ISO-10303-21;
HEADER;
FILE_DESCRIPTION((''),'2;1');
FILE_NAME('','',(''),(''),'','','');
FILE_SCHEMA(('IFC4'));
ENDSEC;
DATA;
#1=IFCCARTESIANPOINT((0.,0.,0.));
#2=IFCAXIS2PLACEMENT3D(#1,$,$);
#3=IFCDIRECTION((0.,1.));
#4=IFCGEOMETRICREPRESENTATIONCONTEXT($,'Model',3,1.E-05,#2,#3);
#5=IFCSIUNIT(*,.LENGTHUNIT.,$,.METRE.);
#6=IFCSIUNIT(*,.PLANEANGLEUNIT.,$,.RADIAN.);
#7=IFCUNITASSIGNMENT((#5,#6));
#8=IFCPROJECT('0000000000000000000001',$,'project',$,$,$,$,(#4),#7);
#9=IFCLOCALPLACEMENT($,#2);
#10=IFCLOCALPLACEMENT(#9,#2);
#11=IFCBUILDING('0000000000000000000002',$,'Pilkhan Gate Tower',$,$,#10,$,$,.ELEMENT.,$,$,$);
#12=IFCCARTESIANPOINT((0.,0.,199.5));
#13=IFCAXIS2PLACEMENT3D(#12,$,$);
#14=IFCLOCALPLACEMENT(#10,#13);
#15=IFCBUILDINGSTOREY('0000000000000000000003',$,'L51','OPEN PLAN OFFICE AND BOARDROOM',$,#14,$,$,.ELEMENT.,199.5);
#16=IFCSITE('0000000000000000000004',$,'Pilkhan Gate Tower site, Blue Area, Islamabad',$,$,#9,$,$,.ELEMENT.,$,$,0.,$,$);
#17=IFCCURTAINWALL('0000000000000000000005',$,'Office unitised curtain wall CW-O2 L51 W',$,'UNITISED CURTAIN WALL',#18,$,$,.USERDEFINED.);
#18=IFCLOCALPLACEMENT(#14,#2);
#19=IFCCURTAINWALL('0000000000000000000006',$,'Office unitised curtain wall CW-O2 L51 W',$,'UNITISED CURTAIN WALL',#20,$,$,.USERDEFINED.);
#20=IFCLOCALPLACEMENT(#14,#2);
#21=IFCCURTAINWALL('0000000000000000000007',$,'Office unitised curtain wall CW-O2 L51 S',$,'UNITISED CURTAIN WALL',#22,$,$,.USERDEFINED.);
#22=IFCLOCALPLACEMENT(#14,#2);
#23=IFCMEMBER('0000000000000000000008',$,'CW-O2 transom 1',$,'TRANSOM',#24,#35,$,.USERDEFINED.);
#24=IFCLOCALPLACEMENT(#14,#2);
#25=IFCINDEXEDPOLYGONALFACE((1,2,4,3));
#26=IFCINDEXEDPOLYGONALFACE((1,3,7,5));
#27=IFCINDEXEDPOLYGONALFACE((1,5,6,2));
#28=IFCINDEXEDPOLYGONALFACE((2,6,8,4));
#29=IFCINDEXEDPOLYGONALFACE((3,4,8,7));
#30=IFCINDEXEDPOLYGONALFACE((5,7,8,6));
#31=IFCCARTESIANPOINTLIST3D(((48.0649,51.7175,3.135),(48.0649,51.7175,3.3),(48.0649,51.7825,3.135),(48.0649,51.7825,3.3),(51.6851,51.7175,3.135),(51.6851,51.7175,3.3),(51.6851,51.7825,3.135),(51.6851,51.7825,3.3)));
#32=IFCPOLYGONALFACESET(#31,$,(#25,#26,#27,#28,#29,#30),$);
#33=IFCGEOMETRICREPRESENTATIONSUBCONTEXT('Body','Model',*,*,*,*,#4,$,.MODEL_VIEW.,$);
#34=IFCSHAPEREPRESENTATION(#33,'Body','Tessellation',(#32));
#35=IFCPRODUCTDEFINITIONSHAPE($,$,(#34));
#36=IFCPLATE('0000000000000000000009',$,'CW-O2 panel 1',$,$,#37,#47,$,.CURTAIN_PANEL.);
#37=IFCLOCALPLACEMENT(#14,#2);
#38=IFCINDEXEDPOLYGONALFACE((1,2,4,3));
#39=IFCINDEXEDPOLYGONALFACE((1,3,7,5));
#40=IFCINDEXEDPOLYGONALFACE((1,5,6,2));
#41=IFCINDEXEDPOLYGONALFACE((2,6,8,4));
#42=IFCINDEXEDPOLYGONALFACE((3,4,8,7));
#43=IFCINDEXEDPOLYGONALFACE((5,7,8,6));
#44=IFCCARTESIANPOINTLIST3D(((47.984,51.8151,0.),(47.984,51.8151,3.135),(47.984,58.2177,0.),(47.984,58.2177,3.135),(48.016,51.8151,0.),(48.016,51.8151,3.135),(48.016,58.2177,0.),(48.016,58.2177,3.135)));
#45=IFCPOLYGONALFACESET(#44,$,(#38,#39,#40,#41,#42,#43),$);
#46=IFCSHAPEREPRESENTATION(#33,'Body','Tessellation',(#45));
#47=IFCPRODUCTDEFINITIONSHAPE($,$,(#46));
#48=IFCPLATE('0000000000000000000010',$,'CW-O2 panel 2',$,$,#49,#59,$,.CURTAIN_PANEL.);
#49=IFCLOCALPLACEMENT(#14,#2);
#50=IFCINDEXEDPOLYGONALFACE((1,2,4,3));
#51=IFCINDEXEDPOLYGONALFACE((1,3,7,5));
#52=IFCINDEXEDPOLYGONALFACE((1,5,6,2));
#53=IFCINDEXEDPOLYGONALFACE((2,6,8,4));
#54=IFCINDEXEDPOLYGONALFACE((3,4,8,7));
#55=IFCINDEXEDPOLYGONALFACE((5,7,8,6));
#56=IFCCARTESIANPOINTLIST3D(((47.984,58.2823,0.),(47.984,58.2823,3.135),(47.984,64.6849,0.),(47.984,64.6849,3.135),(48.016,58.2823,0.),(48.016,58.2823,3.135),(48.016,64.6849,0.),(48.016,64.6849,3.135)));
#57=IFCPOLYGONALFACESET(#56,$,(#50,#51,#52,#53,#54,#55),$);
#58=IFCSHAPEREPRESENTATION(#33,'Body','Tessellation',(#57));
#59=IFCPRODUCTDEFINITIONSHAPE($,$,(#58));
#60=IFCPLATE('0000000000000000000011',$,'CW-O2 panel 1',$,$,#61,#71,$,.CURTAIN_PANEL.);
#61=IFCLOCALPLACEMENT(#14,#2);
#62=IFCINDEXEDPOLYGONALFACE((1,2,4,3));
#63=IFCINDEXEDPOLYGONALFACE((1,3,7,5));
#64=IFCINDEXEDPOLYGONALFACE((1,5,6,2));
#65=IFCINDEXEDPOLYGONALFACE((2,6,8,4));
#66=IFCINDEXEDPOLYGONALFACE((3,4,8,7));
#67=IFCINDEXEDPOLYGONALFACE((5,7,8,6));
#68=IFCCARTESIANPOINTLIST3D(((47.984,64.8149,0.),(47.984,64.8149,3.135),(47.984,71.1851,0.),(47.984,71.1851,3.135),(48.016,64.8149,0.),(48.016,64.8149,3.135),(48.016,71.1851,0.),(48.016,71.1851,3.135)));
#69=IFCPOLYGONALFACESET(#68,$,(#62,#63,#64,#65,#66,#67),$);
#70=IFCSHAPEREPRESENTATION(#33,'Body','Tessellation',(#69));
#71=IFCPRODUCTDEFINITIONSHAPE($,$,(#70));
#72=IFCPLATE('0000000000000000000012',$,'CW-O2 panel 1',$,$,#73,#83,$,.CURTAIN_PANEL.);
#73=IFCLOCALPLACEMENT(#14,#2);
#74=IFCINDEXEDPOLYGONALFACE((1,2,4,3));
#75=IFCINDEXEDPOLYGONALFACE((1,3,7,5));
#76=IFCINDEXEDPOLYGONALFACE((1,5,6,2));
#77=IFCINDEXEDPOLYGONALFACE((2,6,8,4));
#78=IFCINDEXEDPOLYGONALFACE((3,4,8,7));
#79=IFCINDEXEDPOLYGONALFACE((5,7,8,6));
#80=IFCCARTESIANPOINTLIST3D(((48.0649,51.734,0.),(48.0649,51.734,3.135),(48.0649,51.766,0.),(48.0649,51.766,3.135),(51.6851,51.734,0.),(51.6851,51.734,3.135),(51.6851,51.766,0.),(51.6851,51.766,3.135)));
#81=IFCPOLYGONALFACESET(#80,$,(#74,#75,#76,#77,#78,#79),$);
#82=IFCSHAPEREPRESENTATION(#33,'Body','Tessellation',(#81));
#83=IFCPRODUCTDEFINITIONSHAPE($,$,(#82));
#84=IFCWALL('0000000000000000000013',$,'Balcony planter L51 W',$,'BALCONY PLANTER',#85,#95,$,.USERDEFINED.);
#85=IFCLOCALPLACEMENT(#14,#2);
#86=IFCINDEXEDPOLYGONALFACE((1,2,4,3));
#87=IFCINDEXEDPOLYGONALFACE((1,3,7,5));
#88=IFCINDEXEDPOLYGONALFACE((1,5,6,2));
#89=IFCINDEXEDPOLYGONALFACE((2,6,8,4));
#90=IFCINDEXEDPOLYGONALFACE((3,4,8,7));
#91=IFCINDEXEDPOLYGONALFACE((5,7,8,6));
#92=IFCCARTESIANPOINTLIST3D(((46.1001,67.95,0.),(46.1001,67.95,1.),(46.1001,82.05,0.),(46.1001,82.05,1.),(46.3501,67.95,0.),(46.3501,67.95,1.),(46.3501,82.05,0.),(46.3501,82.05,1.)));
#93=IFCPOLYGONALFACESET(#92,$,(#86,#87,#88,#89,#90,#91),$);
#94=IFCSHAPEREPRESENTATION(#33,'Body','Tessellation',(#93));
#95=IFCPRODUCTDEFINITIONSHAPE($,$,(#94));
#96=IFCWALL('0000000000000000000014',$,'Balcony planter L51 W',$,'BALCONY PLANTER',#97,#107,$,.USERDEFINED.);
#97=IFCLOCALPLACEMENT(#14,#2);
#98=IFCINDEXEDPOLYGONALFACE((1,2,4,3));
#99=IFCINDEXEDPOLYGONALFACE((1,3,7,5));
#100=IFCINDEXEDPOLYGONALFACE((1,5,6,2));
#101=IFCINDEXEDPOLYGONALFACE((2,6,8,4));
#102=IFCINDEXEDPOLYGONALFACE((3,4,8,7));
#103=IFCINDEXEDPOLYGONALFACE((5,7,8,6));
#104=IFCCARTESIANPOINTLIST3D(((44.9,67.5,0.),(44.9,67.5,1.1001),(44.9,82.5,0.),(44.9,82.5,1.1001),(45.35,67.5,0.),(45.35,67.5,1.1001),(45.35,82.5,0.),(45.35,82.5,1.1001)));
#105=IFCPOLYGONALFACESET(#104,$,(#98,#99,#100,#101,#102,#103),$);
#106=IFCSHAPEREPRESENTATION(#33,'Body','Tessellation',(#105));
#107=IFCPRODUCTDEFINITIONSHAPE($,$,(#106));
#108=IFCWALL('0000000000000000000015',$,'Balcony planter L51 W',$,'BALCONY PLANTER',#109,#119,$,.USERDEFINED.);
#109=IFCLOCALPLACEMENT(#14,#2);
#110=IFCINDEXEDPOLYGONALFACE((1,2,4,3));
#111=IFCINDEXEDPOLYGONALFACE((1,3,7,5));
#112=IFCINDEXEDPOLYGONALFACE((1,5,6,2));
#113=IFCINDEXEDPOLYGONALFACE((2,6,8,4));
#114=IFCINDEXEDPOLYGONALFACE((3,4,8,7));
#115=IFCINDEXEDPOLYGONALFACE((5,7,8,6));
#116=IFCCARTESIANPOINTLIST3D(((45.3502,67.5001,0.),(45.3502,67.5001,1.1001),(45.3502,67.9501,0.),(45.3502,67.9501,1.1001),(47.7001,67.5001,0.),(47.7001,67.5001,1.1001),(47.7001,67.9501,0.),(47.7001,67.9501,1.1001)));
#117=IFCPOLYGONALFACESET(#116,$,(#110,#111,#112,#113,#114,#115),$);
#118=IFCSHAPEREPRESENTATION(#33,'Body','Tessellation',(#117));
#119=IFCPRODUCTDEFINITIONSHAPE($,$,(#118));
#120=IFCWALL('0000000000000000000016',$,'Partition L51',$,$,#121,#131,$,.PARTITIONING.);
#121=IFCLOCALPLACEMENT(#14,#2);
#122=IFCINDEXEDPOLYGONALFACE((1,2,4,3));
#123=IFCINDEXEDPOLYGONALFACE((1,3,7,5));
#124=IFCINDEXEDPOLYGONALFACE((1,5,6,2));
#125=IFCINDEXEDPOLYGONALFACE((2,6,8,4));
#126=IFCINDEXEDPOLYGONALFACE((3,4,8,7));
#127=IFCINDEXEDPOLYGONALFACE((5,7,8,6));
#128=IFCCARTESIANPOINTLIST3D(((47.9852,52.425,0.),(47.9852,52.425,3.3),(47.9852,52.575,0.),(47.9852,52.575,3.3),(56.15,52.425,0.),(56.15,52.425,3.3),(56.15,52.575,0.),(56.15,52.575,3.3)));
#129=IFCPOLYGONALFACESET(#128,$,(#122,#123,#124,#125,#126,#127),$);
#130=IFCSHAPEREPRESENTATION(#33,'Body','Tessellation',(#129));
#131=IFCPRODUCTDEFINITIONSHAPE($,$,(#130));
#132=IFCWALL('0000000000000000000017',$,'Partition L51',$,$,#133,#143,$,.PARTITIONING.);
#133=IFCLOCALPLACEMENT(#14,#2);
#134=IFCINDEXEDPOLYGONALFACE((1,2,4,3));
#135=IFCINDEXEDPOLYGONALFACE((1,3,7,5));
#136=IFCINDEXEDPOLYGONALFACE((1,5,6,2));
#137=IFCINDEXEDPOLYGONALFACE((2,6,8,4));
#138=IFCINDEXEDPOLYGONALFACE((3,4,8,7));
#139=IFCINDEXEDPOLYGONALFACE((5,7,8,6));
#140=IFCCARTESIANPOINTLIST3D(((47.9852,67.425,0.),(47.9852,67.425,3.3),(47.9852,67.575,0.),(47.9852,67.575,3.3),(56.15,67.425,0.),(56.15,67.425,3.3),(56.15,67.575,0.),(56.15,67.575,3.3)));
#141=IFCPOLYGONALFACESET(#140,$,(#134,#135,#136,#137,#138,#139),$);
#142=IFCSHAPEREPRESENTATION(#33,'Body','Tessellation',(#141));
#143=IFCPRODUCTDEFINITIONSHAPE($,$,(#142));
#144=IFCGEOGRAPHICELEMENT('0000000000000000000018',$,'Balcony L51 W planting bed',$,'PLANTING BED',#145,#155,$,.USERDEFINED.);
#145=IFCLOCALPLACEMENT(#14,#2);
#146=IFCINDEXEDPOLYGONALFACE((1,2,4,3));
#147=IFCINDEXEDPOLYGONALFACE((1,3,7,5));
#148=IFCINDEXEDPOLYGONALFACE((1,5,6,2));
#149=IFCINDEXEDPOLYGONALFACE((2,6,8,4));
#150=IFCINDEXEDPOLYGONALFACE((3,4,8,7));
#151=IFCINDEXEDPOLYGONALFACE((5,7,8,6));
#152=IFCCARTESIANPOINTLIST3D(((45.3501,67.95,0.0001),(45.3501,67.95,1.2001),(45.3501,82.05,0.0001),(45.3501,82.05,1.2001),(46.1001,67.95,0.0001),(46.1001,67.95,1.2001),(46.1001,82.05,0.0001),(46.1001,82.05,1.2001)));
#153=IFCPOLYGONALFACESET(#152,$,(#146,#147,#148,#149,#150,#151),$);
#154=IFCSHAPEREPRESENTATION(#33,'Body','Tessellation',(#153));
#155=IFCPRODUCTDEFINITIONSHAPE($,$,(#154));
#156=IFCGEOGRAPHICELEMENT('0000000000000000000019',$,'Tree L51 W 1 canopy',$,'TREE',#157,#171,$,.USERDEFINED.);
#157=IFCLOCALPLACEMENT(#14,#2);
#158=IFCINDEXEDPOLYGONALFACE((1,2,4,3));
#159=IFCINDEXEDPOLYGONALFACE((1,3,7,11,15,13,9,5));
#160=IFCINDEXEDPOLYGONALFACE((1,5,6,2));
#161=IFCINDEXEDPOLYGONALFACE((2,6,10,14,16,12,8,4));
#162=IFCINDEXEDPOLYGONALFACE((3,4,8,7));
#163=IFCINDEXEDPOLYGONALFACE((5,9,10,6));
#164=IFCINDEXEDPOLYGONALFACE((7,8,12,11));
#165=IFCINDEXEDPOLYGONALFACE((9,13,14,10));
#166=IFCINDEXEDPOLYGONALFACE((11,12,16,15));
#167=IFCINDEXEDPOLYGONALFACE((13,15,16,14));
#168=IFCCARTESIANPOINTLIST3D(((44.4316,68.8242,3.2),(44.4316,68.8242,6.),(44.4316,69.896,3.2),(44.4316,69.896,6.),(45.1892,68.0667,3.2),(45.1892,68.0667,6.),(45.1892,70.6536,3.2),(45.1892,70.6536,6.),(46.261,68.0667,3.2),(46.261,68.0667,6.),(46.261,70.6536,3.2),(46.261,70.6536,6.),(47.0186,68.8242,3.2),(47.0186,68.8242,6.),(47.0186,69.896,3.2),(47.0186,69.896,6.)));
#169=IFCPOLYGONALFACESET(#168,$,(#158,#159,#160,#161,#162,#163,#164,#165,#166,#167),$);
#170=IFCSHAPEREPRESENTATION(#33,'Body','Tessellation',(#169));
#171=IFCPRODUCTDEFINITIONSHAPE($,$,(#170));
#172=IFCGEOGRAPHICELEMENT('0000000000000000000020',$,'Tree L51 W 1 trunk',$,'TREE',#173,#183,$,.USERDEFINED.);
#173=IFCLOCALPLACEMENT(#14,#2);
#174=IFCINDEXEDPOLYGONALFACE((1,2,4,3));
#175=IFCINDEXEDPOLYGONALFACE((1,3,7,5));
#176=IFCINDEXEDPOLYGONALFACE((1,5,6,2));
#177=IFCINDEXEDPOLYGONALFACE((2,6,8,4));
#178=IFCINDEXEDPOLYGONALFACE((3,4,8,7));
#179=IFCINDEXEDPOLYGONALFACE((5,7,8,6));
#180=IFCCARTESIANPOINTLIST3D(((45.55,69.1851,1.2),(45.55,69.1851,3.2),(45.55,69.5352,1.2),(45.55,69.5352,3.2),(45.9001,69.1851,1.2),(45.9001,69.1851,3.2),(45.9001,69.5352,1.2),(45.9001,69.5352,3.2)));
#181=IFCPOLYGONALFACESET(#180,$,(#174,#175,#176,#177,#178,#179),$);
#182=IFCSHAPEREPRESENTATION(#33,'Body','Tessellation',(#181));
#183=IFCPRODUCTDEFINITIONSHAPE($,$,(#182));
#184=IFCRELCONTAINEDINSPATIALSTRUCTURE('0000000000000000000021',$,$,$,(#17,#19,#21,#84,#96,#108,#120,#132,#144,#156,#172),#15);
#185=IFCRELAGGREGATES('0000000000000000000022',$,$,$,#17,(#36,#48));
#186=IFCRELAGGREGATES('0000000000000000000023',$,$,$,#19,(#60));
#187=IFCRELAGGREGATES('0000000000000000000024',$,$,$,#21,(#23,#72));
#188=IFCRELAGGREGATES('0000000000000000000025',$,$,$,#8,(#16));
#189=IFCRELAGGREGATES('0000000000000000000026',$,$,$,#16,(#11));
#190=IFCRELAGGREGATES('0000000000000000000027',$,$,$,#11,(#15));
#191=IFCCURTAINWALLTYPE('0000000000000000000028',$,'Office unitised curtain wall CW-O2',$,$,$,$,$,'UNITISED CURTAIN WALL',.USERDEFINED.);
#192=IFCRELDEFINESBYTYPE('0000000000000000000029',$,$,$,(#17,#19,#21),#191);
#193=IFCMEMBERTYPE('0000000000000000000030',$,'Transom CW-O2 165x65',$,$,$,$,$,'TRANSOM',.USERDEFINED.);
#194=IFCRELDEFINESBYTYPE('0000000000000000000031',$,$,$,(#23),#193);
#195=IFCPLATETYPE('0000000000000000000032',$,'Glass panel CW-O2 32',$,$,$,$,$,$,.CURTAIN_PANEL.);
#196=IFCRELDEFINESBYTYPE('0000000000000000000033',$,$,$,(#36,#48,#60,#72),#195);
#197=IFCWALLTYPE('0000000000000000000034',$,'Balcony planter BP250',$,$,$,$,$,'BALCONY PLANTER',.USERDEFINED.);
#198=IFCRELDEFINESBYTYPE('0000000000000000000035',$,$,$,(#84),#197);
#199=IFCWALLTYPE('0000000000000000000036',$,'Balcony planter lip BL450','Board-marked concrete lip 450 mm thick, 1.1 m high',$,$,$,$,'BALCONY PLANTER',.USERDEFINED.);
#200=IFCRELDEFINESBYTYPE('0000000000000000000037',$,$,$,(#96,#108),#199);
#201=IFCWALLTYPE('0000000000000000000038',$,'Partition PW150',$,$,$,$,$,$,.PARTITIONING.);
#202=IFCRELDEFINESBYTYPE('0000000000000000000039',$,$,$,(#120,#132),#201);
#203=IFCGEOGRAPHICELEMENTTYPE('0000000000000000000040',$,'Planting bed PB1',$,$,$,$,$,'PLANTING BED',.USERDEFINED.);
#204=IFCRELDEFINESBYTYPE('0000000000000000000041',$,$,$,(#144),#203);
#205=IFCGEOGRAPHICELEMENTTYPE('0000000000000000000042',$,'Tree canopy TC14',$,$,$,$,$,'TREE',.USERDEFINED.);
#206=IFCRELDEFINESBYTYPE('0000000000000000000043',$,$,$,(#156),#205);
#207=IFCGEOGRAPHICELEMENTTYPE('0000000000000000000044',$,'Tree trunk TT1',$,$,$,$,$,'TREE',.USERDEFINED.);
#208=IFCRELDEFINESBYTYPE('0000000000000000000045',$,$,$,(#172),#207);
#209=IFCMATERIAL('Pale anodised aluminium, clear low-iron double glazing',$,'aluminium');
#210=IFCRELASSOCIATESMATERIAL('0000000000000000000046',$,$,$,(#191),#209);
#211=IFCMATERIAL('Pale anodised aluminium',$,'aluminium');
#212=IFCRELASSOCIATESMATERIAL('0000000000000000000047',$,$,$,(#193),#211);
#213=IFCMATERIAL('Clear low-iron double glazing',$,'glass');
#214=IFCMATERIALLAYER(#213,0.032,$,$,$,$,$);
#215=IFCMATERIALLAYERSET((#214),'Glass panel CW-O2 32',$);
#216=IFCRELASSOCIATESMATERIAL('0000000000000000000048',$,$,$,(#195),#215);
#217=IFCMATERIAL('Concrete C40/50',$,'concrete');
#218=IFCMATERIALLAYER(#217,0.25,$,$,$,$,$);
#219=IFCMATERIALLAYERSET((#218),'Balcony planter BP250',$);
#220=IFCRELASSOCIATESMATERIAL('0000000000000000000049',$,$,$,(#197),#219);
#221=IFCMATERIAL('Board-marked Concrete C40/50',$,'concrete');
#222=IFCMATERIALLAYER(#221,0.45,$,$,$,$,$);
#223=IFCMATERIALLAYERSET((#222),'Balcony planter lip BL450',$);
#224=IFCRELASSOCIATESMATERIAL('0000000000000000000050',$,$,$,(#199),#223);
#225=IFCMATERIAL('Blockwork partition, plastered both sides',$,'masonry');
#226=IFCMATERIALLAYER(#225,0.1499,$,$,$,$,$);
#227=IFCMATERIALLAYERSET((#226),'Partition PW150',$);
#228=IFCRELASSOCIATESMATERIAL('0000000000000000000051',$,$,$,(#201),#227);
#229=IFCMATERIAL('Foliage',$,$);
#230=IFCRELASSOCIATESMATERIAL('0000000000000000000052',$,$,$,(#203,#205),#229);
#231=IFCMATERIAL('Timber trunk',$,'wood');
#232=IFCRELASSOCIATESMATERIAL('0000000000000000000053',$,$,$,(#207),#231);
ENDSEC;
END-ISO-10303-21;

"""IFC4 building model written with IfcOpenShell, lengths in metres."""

from ifc_helpers import new_model, si_unit, direction, frame, frame_2d, origin, origin_2d, place, context, subcontext, project, spatial, polyline, rectangle, outline, extrude, material, layer, layer_set, material_profile, profile_set, type_object, element, aggregate, save


model = new_model("IFC4")

# Units and contexts
model_context = context("Model", 3, precision=1e-05, world=origin(), true_north=direction((0.0, 1.0)))
body_context = subcontext(model_context, "Body", "Model", "MODEL_VIEW")
ifc_project = project(units=[si_unit("LENGTHUNIT", "METRE"), si_unit("PLANEANGLEUNIT", "RADIAN")], contexts=[model_context])

# Site, building, storey
site_placement = place(None, origin())
site = spatial("IfcSite", under=ifc_project, at=site_placement, Name="Pilkhan Gate Tower site, Blue Area, Islamabad", CompositionType="ELEMENT", RefElevation=0.0)
building_placement = place(site_placement, origin())
building = spatial("IfcBuilding", under=site, at=building_placement, Name="Pilkhan Gate Tower", CompositionType="ELEMENT")
storey_placement = place(building_placement, frame((0.0, 0.0, 199.5)))
storey = spatial("IfcBuildingStorey", under=building, at=storey_placement, Name="L51", Description="OPEN PLAN OFFICE AND BOARDROOM", CompositionType="ELEMENT", Elevation=199.5)

# Curtain walls
ifc_material_1 = material(Name="Pale anodised aluminium, clear low-iron double glazing", Category="aluminium")
curtain_wall_type = type_object("IfcCurtainWallType", Name="Office unitised curtain wall CW-O2", ElementType="UNITISED CURTAIN WALL", PredefinedType="USERDEFINED", material=ifc_material_1)
curtain_wall_1_placement = place(storey_placement, origin())
curtain_wall_1 = element("IfcCurtainWall", 1, at=curtain_wall_1_placement, inside=storey, type_object=curtain_wall_type, Name="Office unitised curtain wall CW-O2 L51 W", ObjectType="UNITISED CURTAIN WALL", PredefinedType="USERDEFINED")
ifc_material_2 = material(Name="Pale anodised aluminium", Category="aluminium")
curtain_wall_2_placement = place(storey_placement, origin())
curtain_wall_2 = element("IfcCurtainWall", 2, at=curtain_wall_2_placement, inside=storey, type_object=curtain_wall_type, Name="Office unitised curtain wall CW-O2 L51 W", ObjectType="UNITISED CURTAIN WALL", PredefinedType="USERDEFINED")
curtain_wall_3_placement = place(storey_placement, origin())
curtain_wall_3 = element("IfcCurtainWall", 3, at=curtain_wall_3_placement, inside=storey, type_object=curtain_wall_type, Name="Office unitised curtain wall CW-O2 L51 S", ObjectType="UNITISED CURTAIN WALL", PredefinedType="USERDEFINED")

# Member
ifc_material_profile_1 = material_profile(ifc_material_2, rectangle(XDim=0.0649, YDim=0.165, at=origin_2d()), Name="Transom 165x65")
ifc_profile_set_1 = profile_set([ifc_material_profile_1], Name="Pale anodised aluminium")
member_type_1 = type_object("IfcMemberType", Name="Transom CW-O2 165x65", ElementType="TRANSOM", PredefinedType="USERDEFINED", material=ifc_profile_set_1)
member_1_placement = place(storey_placement, frame((48.0649, 51.75, 3.2175), z_axis=(1.0, 0.0, 0.0), x_axis=(0.0, 1.0, 0.0)))
member_1 = element("IfcMember", 4, at=member_1_placement, type_object=member_type_1, Name="CW-O2 transom 1", ObjectType="TRANSOM", PredefinedType="USERDEFINED", context=body_context, shape_type="SweptSolid", body=[
    extrude(rectangle(XDim=0.0649, YDim=0.165, at=origin_2d()), origin(), (0.0, 0.0, 1.0), 3.6201),
])

# Plates
ifc_material_3 = material(Name="Clear low-iron double glazing", Category="glass")
ifc_layer_1 = layer(ifc_material_3, 0.032)
ifc_layer_set_1 = layer_set([ifc_layer_1], Name="Glass panel CW-O2 32")
plate_type = type_object("IfcPlateType", Name="Glass panel CW-O2 32", PredefinedType="CURTAIN_PANEL", material=ifc_layer_set_1)
plate_1_placement = place(storey_placement, frame((48.0, 55.0164, 0.0), z_axis=(0.0, 0.0, 1.0), x_axis=(0.0, 1.0, 0.0)))
plate_1 = element("IfcPlate", 5, at=plate_1_placement, type_object=plate_type, Name="CW-O2 panel 1", PredefinedType="CURTAIN_PANEL", context=body_context, shape_type="SweptSolid", body=[
    extrude(rectangle(XDim=6.4026, YDim=0.032, at=origin_2d()), origin(), (0.0, 0.0, 1.0), 3.135),
])
plate_2_placement = place(storey_placement, frame((48.0, 61.4836, 0.0), z_axis=(0.0, 0.0, 1.0), x_axis=(0.0, 1.0, 0.0)))
plate_2 = element("IfcPlate", 6, at=plate_2_placement, type_object=plate_type, Name="CW-O2 panel 2", PredefinedType="CURTAIN_PANEL", context=body_context, shape_type="SweptSolid", body=[
    extrude(rectangle(XDim=6.4026, YDim=0.032, at=origin_2d()), origin(), (0.0, 0.0, 1.0), 3.135),
])
aggregate(curtain_wall_1, [plate_1, plate_2])
plate_3_placement = place(storey_placement, frame((48.0, 68.0, 0.0), z_axis=(0.0, 0.0, 1.0), x_axis=(0.0, 1.0, 0.0)))
plate_3 = element("IfcPlate", 7, at=plate_3_placement, type_object=plate_type, Name="CW-O2 panel 1", PredefinedType="CURTAIN_PANEL", context=body_context, shape_type="SweptSolid", body=[
    extrude(rectangle(XDim=6.3701, YDim=0.032, at=origin_2d()), origin(), (0.0, 0.0, 1.0), 3.135),
])
aggregate(curtain_wall_2, [plate_3])
plate_4_placement = place(storey_placement, frame((49.875, 51.75, 0.0), z_axis=(0.0, 0.0, 1.0), x_axis=(1.0, 0.0, 0.0)))
plate_4 = element("IfcPlate", 8, at=plate_4_placement, type_object=plate_type, Name="CW-O2 panel 1", PredefinedType="CURTAIN_PANEL", context=body_context, shape_type="SweptSolid", body=[
    extrude(rectangle(XDim=3.6201, YDim=0.032, at=origin_2d()), origin(), (0.0, 0.0, 1.0), 3.135),
])
aggregate(curtain_wall_3, [member_1, plate_4])

# Walls
ifc_material_4 = material(Name="Concrete C40/50", Category="concrete")
ifc_layer_2 = layer(ifc_material_4, 0.25)
ifc_layer_set_2 = layer_set([ifc_layer_2], Name="Balcony planter BP250")
wall_type_1 = type_object("IfcWallType", Name="Balcony planter BP250", ElementType="BALCONY PLANTER", PredefinedType="USERDEFINED", material=ifc_layer_set_2)
wall_1_placement = place(storey_placement, frame((46.2251, 67.95, 0.0), z_axis=(0.0, 0.0, 1.0), x_axis=(0.0, 1.0, 0.0)))
element("IfcWall", 9, at=wall_1_placement, inside=storey, type_object=wall_type_1, Name="Balcony planter L51 W", ObjectType="BALCONY PLANTER", PredefinedType="USERDEFINED", context=body_context, shape_type="SweptSolid", body=[
    extrude(rectangle(XDim=14.1001, YDim=0.25, at=frame_2d((7.05, 0.0))), origin(), (0.0, 0.0, 1.0), 1.0),
])
ifc_material_5 = material(Name="Board-marked Concrete C40/50", Category="concrete")
ifc_layer_3 = layer(ifc_material_5, 0.45)
ifc_layer_set_3 = layer_set([ifc_layer_3], Name="Balcony planter lip BL450")
wall_type_2 = type_object("IfcWallType", Name="Balcony planter lip BL450", Description="Board-marked concrete lip 450 mm thick, 1.1 m high", ElementType="BALCONY PLANTER", PredefinedType="USERDEFINED", material=ifc_layer_set_3)
wall_2_placement = place(storey_placement, frame((45.125, 67.5, 0.0), z_axis=(0.0, 0.0, 1.0), x_axis=(0.0, 1.0, 0.0)))
element("IfcWall", 10, at=wall_2_placement, inside=storey, type_object=wall_type_2, Name="Balcony planter L51 W", ObjectType="BALCONY PLANTER", PredefinedType="USERDEFINED", context=body_context, shape_type="SweptSolid", body=[
    extrude(rectangle(XDim=15.0, YDim=0.45, at=frame_2d((7.5, 0.0))), origin(), (0.0, 0.0, 1.0), 1.1001),
])
wall_3_placement = place(storey_placement, frame((47.7, 67.7251, 0.0), z_axis=(0.0, 0.0, 1.0), x_axis=(-1.0, 0.0, 0.0)))
element("IfcWall", 11, at=wall_3_placement, inside=storey, type_object=wall_type_2, Name="Balcony planter L51 W", ObjectType="BALCONY PLANTER", PredefinedType="USERDEFINED", context=body_context, shape_type="SweptSolid", body=[
    extrude(rectangle(XDim=2.3499, YDim=0.45, at=frame_2d((1.1748, 0.0))), origin(), (0.0, 0.0, 1.0), 1.1001),
])

# Walls
ifc_material_6 = material(Name="Blockwork partition, plastered both sides", Category="masonry")
ifc_layer_4 = layer(ifc_material_6, 0.1499)
ifc_layer_set_4 = layer_set([ifc_layer_4], Name="Partition PW150")
wall_type_3 = type_object("IfcWallType", Name="Partition PW150", PredefinedType="PARTITIONING", material=ifc_layer_set_4)
for number, where, z_axis, x_axis, name in (
    (12, (47.9851, 52.5, 0.0), (0.0, 0.0, 1.0), (1.0, 0.0, 0.0), "Partition L51"),
    (13, (47.9851, 67.5, 0.0), (0.0, 0.0, 1.0), (1.0, 0.0, 0.0), "Partition L51"),
):
    element("IfcWall", number, at=place(storey_placement, frame(where, z_axis=z_axis, x_axis=x_axis)), inside=storey, type_object=wall_type_3, Name=name, PredefinedType="PARTITIONING", context=body_context, shape_type="SweptSolid", body=[
        extrude(rectangle(XDim=8.1648, YDim=0.1499, at=frame_2d((4.0825, 0.0))), origin(), (0.0, 0.0, 1.0), 3.3),
    ])

# Geographic elements
ifc_material_7 = material(Name="Foliage")
ifc_material_profile_2 = material_profile(ifc_material_7, rectangle(XDim=0.75, YDim=1.2, at=origin_2d()), Name="Bed 750x1200")
ifc_profile_set_2 = profile_set([ifc_material_profile_2], Name="Foliage")
geographic_element_type_1 = type_object("IfcGeographicElementType", Name="Planting bed PB1", ElementType="PLANTING BED", PredefinedType="USERDEFINED", material=ifc_profile_set_2)
geographic_element_1_placement = place(storey_placement, frame((45.7251, 67.95, 0.6001), z_axis=(0.0, 1.0, 0.0), x_axis=(-1.0, 0.0, 0.0)))
element("IfcGeographicElement", 14, at=geographic_element_1_placement, inside=storey, type_object=geographic_element_type_1, Name="Balcony L51 W planting bed", ObjectType="PLANTING BED", PredefinedType="USERDEFINED", context=body_context, shape_type="SweptSolid", body=[
    extrude(rectangle(XDim=0.75, YDim=1.2, at=origin_2d()), origin(), (0.0, 0.0, 1.0), 14.1001),
])
ifc_material_profile_3 = material_profile(ifc_material_7, outline(polyline([(1.2935, 0.5359), (0.5359, 1.2935), (-0.5359, 1.2935), (-1.2935, 0.5359), (-1.2935, -0.5359), (-0.5359, -1.2935), (0.5359, -1.2935), (1.2935, -0.5359), (1.2935, 0.5359)])), Name="Canopy D2.8")
ifc_profile_set_3 = profile_set([ifc_material_profile_3], Name="Foliage")
geographic_element_type_2 = type_object("IfcGeographicElementType", Name="Tree canopy TC14", ElementType="TREE", PredefinedType="USERDEFINED", material=ifc_profile_set_3)
geographic_element_2_placement = place(storey_placement, frame((45.7251, 69.3601, 3.2), z_axis=(0.0, 0.0, 1.0), x_axis=(1.0, 0.0, 0.0)))
element("IfcGeographicElement", 15, at=geographic_element_2_placement, inside=storey, type_object=geographic_element_type_2, Name="Tree L51 W 1 canopy", ObjectType="TREE", PredefinedType="USERDEFINED", context=body_context, shape_type="SweptSolid", body=[
    extrude(outline(polyline([(1.2935, 0.5359), (0.5359, 1.2935), (-0.5359, 1.2935), (-1.2935, 0.5359), (-1.2935, -0.5359), (-0.5359, -1.2935), (0.5359, -1.2935), (1.2935, -0.5359), (1.2935, 0.5359)])), origin(), (0.0, 0.0, 1.0), 2.8),
])
ifc_material_8 = material(Name="Timber trunk", Category="wood")
geographic_element_type_3 = type_object("IfcGeographicElementType", Name="Tree trunk TT1", ElementType="TREE", PredefinedType="USERDEFINED", material=ifc_material_8)
geographic_element_3_placement = place(storey_placement, frame((45.7251, 69.3601, 1.2), z_axis=(0.0, 0.0, 1.0), x_axis=(1.0, 0.0, 0.0)))
element("IfcGeographicElement", 16, at=geographic_element_3_placement, inside=storey, type_object=geographic_element_type_3, Name="Tree L51 W 1 trunk", ObjectType="TREE", PredefinedType="USERDEFINED", context=body_context, shape_type="SweptSolid", body=[
    extrude(rectangle(XDim=0.3501, YDim=0.3501, at=origin_2d()), origin(), (0.0, 0.0, 1.0), 2.0),
])

save(model, "model.ifc")
